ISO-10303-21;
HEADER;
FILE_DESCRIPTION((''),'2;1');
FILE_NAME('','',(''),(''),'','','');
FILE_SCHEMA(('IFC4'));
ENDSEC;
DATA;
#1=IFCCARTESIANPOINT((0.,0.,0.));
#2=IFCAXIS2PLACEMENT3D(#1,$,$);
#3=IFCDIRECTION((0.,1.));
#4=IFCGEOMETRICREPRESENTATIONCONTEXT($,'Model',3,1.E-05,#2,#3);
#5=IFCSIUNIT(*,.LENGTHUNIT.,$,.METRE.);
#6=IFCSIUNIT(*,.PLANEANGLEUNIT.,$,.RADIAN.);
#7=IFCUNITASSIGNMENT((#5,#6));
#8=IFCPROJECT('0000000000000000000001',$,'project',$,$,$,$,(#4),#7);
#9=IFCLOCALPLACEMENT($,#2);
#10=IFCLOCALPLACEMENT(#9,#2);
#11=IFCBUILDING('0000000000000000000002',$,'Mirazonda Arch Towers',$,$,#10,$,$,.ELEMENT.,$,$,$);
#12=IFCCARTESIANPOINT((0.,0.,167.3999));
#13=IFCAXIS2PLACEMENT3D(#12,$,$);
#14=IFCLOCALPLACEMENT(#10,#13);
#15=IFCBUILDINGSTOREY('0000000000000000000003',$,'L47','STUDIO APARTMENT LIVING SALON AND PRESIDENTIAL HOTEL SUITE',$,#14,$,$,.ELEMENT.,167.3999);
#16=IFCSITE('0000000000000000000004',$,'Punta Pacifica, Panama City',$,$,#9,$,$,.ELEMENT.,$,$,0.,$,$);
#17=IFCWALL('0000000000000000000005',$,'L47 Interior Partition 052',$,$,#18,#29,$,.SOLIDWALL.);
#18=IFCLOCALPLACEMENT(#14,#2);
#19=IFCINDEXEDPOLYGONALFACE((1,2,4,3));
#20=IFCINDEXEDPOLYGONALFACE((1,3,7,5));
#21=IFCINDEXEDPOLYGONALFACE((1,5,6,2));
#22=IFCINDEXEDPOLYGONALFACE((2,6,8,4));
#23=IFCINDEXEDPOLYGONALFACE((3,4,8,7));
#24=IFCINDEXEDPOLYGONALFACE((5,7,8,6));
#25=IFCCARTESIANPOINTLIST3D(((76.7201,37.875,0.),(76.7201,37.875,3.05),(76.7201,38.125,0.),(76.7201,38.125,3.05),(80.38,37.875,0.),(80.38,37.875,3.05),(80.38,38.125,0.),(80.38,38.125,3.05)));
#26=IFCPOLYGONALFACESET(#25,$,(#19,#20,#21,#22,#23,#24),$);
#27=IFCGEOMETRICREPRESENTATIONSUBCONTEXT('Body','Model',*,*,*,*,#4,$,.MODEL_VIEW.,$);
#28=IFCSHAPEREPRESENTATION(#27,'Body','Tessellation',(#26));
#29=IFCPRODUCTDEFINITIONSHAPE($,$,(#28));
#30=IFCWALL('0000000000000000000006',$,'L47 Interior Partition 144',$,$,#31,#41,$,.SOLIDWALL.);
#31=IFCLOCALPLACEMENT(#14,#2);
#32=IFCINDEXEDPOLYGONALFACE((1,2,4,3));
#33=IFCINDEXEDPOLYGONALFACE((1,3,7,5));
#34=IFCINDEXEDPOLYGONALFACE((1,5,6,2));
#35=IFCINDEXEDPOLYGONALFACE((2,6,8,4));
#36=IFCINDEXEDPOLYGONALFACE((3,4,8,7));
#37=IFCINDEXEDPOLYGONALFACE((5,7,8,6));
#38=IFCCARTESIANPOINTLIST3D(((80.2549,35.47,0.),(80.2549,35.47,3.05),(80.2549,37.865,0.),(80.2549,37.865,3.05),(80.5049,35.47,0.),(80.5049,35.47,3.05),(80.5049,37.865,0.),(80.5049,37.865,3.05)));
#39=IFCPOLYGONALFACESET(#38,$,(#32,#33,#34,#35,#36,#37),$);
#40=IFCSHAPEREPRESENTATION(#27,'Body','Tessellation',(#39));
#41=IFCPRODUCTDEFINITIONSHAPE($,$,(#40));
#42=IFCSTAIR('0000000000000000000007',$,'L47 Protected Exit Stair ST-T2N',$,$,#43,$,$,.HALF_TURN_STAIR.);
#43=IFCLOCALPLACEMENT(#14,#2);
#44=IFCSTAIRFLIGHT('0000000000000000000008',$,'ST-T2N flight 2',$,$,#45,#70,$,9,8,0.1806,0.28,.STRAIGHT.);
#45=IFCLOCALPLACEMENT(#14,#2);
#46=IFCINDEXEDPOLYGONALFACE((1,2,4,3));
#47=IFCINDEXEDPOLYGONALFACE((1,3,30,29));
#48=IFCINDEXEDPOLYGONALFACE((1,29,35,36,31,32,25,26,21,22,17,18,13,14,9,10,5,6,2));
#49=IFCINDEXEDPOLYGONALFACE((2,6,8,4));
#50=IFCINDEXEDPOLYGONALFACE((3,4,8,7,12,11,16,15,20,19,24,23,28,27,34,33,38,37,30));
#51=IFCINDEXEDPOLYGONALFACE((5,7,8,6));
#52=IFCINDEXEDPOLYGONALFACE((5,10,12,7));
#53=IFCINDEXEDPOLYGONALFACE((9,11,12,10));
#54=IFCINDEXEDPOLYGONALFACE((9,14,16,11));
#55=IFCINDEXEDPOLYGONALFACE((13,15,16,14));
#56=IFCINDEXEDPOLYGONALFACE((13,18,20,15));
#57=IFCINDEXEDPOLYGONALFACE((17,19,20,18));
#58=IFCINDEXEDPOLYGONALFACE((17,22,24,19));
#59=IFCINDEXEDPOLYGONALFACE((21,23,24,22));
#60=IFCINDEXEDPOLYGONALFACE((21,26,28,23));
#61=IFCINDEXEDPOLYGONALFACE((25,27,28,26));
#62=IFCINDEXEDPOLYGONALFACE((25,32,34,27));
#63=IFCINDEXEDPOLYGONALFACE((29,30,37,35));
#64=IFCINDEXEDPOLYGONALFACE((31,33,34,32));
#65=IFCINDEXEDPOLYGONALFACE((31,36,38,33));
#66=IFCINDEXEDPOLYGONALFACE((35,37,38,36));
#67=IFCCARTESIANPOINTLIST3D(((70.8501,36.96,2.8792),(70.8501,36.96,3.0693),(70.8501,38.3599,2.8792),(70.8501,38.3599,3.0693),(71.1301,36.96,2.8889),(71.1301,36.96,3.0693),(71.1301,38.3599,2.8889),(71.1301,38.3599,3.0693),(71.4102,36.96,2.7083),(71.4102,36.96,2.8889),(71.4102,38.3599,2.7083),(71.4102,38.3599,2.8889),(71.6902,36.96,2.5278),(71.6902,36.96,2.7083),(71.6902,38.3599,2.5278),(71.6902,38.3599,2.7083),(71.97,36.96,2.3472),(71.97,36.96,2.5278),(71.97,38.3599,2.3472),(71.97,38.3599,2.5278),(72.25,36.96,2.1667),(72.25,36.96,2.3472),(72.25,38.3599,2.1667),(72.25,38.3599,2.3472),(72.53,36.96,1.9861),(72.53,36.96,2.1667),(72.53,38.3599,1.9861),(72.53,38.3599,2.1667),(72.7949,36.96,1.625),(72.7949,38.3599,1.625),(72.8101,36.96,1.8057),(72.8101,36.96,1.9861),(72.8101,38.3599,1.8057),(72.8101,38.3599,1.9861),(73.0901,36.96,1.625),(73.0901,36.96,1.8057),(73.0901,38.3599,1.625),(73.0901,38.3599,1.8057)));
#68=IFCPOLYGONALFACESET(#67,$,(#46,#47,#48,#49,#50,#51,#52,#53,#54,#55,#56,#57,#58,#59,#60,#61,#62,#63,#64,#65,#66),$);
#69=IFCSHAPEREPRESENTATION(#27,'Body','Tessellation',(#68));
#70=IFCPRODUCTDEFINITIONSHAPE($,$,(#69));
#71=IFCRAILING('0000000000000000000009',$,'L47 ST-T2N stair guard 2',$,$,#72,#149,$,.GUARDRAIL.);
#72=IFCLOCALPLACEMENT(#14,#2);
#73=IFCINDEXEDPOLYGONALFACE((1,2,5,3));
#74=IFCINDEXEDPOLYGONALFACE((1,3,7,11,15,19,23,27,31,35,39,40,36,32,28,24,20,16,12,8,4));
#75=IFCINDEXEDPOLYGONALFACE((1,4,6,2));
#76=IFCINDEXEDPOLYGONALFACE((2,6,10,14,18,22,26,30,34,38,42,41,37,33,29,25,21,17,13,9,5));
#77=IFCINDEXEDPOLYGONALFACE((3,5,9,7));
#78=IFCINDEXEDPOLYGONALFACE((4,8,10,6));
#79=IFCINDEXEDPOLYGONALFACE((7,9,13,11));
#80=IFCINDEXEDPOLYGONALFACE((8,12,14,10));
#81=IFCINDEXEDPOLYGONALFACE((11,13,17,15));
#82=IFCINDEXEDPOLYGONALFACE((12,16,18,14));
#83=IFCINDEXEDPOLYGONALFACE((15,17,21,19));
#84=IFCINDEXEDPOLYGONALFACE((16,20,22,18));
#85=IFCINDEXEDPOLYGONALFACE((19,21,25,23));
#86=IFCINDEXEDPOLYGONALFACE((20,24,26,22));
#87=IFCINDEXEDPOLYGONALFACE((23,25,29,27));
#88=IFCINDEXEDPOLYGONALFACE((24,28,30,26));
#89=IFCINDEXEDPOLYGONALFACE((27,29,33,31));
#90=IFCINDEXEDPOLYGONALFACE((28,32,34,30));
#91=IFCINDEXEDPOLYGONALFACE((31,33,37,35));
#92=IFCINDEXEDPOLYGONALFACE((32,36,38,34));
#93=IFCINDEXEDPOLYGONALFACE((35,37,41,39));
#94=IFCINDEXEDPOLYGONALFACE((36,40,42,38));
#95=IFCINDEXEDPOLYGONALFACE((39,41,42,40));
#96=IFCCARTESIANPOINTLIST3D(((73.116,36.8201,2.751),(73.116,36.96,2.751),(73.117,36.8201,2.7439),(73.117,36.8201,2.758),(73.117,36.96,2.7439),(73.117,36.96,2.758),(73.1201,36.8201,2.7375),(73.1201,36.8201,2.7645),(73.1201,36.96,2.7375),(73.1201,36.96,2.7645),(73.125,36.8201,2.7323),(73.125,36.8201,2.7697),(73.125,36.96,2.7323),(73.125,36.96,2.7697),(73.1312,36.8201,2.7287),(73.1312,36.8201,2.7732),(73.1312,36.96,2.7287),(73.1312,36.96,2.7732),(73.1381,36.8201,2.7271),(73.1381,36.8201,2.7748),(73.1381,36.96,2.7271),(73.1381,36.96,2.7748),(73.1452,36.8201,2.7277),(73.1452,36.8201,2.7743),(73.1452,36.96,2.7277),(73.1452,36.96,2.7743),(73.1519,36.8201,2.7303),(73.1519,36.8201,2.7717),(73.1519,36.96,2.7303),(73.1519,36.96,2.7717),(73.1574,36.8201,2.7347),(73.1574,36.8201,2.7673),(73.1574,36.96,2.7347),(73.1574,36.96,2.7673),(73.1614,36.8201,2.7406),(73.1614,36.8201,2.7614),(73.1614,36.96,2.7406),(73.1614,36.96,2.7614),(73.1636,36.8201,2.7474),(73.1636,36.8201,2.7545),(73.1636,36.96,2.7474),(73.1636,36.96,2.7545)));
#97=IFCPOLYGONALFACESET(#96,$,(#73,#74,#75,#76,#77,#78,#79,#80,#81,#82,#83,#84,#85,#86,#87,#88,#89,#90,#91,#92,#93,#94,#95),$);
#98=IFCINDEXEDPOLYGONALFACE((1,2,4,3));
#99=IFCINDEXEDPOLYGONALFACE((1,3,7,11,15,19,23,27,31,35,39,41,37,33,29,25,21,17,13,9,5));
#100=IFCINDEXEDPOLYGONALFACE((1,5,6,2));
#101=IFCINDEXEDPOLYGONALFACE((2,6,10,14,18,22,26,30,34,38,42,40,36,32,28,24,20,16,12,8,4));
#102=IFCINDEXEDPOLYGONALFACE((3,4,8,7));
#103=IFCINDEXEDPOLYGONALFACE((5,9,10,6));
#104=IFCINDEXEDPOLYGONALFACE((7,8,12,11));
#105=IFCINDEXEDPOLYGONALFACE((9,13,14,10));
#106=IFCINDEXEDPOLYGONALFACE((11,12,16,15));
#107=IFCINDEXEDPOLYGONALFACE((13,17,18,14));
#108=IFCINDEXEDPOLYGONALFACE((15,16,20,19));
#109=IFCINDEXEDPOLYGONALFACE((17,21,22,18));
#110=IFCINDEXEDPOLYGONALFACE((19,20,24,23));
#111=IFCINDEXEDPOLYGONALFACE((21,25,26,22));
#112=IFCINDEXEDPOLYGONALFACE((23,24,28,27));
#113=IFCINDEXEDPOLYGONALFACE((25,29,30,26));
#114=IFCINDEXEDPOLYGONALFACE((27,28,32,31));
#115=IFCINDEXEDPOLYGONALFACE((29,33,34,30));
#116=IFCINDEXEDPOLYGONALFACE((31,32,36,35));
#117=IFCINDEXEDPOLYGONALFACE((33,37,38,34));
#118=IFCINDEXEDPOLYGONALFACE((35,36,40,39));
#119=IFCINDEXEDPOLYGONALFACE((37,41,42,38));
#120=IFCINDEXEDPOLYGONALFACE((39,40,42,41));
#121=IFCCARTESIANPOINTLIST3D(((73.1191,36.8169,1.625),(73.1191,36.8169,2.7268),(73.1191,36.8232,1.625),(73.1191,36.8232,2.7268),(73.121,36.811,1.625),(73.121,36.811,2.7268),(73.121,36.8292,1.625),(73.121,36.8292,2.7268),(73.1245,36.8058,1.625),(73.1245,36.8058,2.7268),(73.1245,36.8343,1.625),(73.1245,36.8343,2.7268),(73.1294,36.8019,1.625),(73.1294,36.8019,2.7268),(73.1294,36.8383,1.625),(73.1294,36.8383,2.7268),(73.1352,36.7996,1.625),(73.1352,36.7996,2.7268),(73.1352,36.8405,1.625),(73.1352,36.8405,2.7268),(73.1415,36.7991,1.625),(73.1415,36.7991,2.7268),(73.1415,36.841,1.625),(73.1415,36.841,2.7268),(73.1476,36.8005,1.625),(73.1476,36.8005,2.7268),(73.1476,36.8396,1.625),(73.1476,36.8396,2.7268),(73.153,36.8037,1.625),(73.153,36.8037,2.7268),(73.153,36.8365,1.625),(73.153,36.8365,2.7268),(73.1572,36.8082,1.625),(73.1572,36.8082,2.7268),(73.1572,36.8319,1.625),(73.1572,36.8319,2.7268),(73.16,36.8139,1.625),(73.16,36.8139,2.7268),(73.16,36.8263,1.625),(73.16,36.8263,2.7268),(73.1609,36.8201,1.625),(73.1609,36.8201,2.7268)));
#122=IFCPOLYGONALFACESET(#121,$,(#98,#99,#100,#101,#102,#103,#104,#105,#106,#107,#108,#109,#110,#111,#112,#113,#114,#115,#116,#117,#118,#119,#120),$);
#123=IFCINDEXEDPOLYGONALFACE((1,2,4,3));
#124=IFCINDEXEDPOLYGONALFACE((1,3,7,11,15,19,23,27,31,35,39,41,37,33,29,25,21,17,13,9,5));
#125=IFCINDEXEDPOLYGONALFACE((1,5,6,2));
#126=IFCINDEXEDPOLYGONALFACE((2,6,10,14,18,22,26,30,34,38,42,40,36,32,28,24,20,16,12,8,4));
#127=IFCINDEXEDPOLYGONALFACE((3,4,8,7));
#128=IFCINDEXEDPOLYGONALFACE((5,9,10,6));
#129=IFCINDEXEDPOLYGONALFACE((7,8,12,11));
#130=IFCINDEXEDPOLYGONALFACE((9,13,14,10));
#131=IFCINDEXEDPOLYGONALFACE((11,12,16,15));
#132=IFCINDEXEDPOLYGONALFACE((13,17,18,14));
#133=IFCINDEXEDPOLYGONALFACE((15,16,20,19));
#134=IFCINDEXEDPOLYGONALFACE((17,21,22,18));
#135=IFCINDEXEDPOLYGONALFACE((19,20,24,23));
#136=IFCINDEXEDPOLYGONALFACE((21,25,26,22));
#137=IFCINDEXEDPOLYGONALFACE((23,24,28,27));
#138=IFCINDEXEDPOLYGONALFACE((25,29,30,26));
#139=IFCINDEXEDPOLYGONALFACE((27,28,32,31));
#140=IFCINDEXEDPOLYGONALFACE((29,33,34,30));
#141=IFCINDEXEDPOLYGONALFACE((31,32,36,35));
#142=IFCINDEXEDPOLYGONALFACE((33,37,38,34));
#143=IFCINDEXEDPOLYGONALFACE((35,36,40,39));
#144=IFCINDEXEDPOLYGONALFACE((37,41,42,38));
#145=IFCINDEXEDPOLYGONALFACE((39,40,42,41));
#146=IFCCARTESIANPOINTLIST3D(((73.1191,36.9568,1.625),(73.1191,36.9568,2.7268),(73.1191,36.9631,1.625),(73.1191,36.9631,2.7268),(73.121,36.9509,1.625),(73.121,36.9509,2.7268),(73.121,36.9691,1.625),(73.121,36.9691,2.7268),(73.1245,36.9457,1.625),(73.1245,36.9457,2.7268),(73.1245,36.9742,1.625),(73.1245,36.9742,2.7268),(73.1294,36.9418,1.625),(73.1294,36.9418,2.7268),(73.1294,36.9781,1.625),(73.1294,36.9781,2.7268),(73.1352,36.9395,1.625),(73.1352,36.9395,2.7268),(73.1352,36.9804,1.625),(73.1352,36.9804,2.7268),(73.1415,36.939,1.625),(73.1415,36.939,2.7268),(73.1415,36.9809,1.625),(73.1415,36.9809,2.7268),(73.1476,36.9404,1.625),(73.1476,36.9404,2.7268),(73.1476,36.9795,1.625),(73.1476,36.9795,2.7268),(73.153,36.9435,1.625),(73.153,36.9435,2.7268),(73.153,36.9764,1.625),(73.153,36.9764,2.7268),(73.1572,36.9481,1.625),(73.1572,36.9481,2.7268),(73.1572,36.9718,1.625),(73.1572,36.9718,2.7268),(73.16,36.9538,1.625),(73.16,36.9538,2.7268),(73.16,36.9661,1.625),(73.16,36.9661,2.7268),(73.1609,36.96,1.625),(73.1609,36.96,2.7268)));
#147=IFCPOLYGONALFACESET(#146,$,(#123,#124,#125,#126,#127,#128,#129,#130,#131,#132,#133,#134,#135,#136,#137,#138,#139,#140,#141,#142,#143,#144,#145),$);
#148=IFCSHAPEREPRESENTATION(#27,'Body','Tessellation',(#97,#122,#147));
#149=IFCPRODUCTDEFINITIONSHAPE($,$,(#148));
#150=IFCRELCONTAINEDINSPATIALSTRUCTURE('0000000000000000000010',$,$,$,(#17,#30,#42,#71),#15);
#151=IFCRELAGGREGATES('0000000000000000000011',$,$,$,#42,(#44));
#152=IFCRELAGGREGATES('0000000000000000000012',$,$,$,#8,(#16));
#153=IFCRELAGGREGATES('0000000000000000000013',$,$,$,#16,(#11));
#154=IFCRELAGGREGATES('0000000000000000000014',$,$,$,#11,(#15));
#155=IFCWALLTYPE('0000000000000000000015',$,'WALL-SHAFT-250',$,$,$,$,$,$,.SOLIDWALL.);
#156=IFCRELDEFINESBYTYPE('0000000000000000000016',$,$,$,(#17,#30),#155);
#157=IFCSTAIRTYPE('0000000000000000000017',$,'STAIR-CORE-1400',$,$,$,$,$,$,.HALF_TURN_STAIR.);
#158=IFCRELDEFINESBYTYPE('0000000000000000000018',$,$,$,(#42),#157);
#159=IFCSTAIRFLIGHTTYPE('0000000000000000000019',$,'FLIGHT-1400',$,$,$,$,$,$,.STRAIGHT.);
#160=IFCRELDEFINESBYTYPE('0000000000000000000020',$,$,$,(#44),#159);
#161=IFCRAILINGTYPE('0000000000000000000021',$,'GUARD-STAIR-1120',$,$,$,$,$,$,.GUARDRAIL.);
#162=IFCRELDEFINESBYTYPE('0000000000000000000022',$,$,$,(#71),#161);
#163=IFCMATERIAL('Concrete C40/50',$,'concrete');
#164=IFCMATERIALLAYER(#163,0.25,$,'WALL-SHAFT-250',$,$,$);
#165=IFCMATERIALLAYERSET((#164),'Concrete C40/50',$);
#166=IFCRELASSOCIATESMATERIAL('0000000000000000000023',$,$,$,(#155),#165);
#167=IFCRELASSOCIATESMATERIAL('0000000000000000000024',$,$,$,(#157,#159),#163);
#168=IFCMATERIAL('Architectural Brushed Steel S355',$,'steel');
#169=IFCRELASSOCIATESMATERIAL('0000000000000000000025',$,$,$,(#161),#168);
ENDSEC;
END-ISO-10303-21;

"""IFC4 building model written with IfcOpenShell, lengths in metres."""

from ifc_helpers import new_model, si_unit, direction, frame, frame_2d, origin, origin_2d, place, context, subcontext, project, spatial, polyline, rectangle, circle, outline, extrude, material, layer, layer_set, type_object, element, aggregate, save


model = new_model("IFC4")

# Units and contexts
model_context = context("Model", 3, precision=1e-05, world=origin(), true_north=direction((0.0, 1.0)))
body_context = subcontext(model_context, "Body", "Model", "MODEL_VIEW")
ifc_project = project(units=[si_unit("LENGTHUNIT", "METRE"), si_unit("PLANEANGLEUNIT", "RADIAN")], contexts=[model_context])

# Site, building, storey
site_placement = place(None, origin())
site = spatial("IfcSite", under=ifc_project, at=site_placement, Name="Punta Pacifica, Panama City", CompositionType="ELEMENT", RefElevation=0.0)
building_placement = place(site_placement, origin())
building = spatial("IfcBuilding", under=site, at=building_placement, Name="Mirazonda Arch Towers", CompositionType="ELEMENT")
storey_placement = place(building_placement, frame((0.0, 0.0, 167.3999)))
storey = spatial("IfcBuildingStorey", under=building, at=storey_placement, Name="L47", Description="STUDIO APARTMENT LIVING SALON AND PRESIDENTIAL HOTEL SUITE", CompositionType="ELEMENT", Elevation=167.3999)

# Shared definitions
ifc_material_1 = material(Name="Concrete C40/50", Category="concrete")

# Shared definitions
ifc_material_2 = material(Name="Architectural Brushed Steel S355", Category="steel")

# Walls
ifc_layer_1 = layer(ifc_material_1, 0.25, Name="WALL-SHAFT-250")
ifc_layer_set_1 = layer_set([ifc_layer_1], Name="Concrete C40/50")
wall_type_1 = type_object("IfcWallType", Name="WALL-SHAFT-250", PredefinedType="SOLIDWALL", material=ifc_layer_set_1)
wall_1_placement = place(storey_placement, frame((76.72, 38.0, 0.0), z_axis=(0.0, 0.0, 1.0), x_axis=(1.0, 0.0, 0.0)))
element("IfcWall", 1, at=wall_1_placement, inside=storey, type_object=wall_type_1, Name="L47 Interior Partition 052", PredefinedType="SOLIDWALL", context=body_context, shape_type="SweptSolid", body=[
    extrude(rectangle(XDim=3.6599, YDim=0.25, at=frame_2d((1.8301, 0.0))), origin(), (0.0, 0.0, 1.0), 3.05),
])
wall_2_placement = place(storey_placement, frame((80.3799, 35.47, 0.0), z_axis=(0.0, 0.0, 1.0), x_axis=(0.0, 1.0, 0.0)))
element("IfcWall", 2, at=wall_2_placement, inside=storey, type_object=wall_type_1, Name="L47 Interior Partition 144", PredefinedType="SOLIDWALL", context=body_context, shape_type="SweptSolid", body=[
    extrude(rectangle(XDim=2.395, YDim=0.25, at=frame_2d((1.1975, 0.0))), origin(), (0.0, 0.0, 1.0), 3.05),
])

# Stair, stair flight
stair_type = type_object("IfcStairType", Name="STAIR-CORE-1400", PredefinedType="HALF_TURN_STAIR", material=ifc_material_1)
stair_placement = place(storey_placement, origin())
stair = element("IfcStair", 3, at=stair_placement, inside=storey, type_object=stair_type, Name="L47 Protected Exit Stair ST-T2N", PredefinedType="HALF_TURN_STAIR")
stair_flight_type = type_object("IfcStairFlightType", Name="FLIGHT-1400", PredefinedType="STRAIGHT", material=ifc_material_1)
stair_flight_placement = place(storey_placement, frame((73.0901, 37.6599, 1.625), z_axis=(0.0, 0.0, 1.0), x_axis=(-1.0, 0.0, 0.0)))
stair_flight = element("IfcStairFlight", 4, at=stair_flight_placement, type_object=stair_flight_type, Name="ST-T2N flight 2", NumberOfRisers=9, NumberOfTreads=8, PredefinedType="STRAIGHT", RiserHeight=0.1806, TreadLength=0.28, context=body_context, shape_type="SweptSolid", body=[
    extrude(outline(polyline([(0.0, 0.0), (0.0, 0.1807), (0.28, 0.1807), (0.28, 0.3611), (0.5601, 0.3611), (0.5601, 0.5417), (0.8401, 0.5417), (0.8401, 0.7222), (1.1201, 0.7222), (1.1201, 0.9028), (1.3999, 0.9028), (1.3999, 1.0833), (1.6799, 1.0833), (1.6799, 1.2639), (1.96, 1.2639), (1.96, 1.4443), (2.24, 1.4443), (2.24, 1.625), (2.24, 1.2542), (0.2952, 0.0), (0.0, 0.0)])), frame((0.0, 0.7, 0.0), z_axis=(0.0, -1.0, 0.0), x_axis=(1.0, 0.0, 0.0)), (0.0, 0.0, 1.0), 1.3999),
])
aggregate(stair, [stair_flight])

# Railing
railing_type_1 = type_object("IfcRailingType", Name="GUARD-STAIR-1120", PredefinedType="GUARDRAIL", material=ifc_material_2)
railing_1_placement = place(storey_placement, frame((73.1399, 36.8201, 1.625)))
element("IfcRailing", 5, at=railing_1_placement, inside=storey, type_object=railing_type_1, Name="L47 ST-T2N stair guard 2", PredefinedType="GUARDRAIL", context=body_context, shape_type="SweptSolid", body=[
    extrude(circle(Radius=0.0239, at=origin_2d()), frame((0.0, 0.0, 1.126), z_axis=(0.0, 1.0, 0.0), x_axis=(-1.0, 0.0, 0.0)), (0.0, 0.0, 1.0), 0.1399),
    extrude(circle(Radius=0.021, at=origin_2d()), origin(), (0.0, 0.0, 1.0), 1.1018),
    extrude(circle(Radius=0.021, at=origin_2d()), frame((0.0, 0.1399, 0.0)), (0.0, 0.0, 1.0), 1.1018),
])

save(model, "model.ifc")
